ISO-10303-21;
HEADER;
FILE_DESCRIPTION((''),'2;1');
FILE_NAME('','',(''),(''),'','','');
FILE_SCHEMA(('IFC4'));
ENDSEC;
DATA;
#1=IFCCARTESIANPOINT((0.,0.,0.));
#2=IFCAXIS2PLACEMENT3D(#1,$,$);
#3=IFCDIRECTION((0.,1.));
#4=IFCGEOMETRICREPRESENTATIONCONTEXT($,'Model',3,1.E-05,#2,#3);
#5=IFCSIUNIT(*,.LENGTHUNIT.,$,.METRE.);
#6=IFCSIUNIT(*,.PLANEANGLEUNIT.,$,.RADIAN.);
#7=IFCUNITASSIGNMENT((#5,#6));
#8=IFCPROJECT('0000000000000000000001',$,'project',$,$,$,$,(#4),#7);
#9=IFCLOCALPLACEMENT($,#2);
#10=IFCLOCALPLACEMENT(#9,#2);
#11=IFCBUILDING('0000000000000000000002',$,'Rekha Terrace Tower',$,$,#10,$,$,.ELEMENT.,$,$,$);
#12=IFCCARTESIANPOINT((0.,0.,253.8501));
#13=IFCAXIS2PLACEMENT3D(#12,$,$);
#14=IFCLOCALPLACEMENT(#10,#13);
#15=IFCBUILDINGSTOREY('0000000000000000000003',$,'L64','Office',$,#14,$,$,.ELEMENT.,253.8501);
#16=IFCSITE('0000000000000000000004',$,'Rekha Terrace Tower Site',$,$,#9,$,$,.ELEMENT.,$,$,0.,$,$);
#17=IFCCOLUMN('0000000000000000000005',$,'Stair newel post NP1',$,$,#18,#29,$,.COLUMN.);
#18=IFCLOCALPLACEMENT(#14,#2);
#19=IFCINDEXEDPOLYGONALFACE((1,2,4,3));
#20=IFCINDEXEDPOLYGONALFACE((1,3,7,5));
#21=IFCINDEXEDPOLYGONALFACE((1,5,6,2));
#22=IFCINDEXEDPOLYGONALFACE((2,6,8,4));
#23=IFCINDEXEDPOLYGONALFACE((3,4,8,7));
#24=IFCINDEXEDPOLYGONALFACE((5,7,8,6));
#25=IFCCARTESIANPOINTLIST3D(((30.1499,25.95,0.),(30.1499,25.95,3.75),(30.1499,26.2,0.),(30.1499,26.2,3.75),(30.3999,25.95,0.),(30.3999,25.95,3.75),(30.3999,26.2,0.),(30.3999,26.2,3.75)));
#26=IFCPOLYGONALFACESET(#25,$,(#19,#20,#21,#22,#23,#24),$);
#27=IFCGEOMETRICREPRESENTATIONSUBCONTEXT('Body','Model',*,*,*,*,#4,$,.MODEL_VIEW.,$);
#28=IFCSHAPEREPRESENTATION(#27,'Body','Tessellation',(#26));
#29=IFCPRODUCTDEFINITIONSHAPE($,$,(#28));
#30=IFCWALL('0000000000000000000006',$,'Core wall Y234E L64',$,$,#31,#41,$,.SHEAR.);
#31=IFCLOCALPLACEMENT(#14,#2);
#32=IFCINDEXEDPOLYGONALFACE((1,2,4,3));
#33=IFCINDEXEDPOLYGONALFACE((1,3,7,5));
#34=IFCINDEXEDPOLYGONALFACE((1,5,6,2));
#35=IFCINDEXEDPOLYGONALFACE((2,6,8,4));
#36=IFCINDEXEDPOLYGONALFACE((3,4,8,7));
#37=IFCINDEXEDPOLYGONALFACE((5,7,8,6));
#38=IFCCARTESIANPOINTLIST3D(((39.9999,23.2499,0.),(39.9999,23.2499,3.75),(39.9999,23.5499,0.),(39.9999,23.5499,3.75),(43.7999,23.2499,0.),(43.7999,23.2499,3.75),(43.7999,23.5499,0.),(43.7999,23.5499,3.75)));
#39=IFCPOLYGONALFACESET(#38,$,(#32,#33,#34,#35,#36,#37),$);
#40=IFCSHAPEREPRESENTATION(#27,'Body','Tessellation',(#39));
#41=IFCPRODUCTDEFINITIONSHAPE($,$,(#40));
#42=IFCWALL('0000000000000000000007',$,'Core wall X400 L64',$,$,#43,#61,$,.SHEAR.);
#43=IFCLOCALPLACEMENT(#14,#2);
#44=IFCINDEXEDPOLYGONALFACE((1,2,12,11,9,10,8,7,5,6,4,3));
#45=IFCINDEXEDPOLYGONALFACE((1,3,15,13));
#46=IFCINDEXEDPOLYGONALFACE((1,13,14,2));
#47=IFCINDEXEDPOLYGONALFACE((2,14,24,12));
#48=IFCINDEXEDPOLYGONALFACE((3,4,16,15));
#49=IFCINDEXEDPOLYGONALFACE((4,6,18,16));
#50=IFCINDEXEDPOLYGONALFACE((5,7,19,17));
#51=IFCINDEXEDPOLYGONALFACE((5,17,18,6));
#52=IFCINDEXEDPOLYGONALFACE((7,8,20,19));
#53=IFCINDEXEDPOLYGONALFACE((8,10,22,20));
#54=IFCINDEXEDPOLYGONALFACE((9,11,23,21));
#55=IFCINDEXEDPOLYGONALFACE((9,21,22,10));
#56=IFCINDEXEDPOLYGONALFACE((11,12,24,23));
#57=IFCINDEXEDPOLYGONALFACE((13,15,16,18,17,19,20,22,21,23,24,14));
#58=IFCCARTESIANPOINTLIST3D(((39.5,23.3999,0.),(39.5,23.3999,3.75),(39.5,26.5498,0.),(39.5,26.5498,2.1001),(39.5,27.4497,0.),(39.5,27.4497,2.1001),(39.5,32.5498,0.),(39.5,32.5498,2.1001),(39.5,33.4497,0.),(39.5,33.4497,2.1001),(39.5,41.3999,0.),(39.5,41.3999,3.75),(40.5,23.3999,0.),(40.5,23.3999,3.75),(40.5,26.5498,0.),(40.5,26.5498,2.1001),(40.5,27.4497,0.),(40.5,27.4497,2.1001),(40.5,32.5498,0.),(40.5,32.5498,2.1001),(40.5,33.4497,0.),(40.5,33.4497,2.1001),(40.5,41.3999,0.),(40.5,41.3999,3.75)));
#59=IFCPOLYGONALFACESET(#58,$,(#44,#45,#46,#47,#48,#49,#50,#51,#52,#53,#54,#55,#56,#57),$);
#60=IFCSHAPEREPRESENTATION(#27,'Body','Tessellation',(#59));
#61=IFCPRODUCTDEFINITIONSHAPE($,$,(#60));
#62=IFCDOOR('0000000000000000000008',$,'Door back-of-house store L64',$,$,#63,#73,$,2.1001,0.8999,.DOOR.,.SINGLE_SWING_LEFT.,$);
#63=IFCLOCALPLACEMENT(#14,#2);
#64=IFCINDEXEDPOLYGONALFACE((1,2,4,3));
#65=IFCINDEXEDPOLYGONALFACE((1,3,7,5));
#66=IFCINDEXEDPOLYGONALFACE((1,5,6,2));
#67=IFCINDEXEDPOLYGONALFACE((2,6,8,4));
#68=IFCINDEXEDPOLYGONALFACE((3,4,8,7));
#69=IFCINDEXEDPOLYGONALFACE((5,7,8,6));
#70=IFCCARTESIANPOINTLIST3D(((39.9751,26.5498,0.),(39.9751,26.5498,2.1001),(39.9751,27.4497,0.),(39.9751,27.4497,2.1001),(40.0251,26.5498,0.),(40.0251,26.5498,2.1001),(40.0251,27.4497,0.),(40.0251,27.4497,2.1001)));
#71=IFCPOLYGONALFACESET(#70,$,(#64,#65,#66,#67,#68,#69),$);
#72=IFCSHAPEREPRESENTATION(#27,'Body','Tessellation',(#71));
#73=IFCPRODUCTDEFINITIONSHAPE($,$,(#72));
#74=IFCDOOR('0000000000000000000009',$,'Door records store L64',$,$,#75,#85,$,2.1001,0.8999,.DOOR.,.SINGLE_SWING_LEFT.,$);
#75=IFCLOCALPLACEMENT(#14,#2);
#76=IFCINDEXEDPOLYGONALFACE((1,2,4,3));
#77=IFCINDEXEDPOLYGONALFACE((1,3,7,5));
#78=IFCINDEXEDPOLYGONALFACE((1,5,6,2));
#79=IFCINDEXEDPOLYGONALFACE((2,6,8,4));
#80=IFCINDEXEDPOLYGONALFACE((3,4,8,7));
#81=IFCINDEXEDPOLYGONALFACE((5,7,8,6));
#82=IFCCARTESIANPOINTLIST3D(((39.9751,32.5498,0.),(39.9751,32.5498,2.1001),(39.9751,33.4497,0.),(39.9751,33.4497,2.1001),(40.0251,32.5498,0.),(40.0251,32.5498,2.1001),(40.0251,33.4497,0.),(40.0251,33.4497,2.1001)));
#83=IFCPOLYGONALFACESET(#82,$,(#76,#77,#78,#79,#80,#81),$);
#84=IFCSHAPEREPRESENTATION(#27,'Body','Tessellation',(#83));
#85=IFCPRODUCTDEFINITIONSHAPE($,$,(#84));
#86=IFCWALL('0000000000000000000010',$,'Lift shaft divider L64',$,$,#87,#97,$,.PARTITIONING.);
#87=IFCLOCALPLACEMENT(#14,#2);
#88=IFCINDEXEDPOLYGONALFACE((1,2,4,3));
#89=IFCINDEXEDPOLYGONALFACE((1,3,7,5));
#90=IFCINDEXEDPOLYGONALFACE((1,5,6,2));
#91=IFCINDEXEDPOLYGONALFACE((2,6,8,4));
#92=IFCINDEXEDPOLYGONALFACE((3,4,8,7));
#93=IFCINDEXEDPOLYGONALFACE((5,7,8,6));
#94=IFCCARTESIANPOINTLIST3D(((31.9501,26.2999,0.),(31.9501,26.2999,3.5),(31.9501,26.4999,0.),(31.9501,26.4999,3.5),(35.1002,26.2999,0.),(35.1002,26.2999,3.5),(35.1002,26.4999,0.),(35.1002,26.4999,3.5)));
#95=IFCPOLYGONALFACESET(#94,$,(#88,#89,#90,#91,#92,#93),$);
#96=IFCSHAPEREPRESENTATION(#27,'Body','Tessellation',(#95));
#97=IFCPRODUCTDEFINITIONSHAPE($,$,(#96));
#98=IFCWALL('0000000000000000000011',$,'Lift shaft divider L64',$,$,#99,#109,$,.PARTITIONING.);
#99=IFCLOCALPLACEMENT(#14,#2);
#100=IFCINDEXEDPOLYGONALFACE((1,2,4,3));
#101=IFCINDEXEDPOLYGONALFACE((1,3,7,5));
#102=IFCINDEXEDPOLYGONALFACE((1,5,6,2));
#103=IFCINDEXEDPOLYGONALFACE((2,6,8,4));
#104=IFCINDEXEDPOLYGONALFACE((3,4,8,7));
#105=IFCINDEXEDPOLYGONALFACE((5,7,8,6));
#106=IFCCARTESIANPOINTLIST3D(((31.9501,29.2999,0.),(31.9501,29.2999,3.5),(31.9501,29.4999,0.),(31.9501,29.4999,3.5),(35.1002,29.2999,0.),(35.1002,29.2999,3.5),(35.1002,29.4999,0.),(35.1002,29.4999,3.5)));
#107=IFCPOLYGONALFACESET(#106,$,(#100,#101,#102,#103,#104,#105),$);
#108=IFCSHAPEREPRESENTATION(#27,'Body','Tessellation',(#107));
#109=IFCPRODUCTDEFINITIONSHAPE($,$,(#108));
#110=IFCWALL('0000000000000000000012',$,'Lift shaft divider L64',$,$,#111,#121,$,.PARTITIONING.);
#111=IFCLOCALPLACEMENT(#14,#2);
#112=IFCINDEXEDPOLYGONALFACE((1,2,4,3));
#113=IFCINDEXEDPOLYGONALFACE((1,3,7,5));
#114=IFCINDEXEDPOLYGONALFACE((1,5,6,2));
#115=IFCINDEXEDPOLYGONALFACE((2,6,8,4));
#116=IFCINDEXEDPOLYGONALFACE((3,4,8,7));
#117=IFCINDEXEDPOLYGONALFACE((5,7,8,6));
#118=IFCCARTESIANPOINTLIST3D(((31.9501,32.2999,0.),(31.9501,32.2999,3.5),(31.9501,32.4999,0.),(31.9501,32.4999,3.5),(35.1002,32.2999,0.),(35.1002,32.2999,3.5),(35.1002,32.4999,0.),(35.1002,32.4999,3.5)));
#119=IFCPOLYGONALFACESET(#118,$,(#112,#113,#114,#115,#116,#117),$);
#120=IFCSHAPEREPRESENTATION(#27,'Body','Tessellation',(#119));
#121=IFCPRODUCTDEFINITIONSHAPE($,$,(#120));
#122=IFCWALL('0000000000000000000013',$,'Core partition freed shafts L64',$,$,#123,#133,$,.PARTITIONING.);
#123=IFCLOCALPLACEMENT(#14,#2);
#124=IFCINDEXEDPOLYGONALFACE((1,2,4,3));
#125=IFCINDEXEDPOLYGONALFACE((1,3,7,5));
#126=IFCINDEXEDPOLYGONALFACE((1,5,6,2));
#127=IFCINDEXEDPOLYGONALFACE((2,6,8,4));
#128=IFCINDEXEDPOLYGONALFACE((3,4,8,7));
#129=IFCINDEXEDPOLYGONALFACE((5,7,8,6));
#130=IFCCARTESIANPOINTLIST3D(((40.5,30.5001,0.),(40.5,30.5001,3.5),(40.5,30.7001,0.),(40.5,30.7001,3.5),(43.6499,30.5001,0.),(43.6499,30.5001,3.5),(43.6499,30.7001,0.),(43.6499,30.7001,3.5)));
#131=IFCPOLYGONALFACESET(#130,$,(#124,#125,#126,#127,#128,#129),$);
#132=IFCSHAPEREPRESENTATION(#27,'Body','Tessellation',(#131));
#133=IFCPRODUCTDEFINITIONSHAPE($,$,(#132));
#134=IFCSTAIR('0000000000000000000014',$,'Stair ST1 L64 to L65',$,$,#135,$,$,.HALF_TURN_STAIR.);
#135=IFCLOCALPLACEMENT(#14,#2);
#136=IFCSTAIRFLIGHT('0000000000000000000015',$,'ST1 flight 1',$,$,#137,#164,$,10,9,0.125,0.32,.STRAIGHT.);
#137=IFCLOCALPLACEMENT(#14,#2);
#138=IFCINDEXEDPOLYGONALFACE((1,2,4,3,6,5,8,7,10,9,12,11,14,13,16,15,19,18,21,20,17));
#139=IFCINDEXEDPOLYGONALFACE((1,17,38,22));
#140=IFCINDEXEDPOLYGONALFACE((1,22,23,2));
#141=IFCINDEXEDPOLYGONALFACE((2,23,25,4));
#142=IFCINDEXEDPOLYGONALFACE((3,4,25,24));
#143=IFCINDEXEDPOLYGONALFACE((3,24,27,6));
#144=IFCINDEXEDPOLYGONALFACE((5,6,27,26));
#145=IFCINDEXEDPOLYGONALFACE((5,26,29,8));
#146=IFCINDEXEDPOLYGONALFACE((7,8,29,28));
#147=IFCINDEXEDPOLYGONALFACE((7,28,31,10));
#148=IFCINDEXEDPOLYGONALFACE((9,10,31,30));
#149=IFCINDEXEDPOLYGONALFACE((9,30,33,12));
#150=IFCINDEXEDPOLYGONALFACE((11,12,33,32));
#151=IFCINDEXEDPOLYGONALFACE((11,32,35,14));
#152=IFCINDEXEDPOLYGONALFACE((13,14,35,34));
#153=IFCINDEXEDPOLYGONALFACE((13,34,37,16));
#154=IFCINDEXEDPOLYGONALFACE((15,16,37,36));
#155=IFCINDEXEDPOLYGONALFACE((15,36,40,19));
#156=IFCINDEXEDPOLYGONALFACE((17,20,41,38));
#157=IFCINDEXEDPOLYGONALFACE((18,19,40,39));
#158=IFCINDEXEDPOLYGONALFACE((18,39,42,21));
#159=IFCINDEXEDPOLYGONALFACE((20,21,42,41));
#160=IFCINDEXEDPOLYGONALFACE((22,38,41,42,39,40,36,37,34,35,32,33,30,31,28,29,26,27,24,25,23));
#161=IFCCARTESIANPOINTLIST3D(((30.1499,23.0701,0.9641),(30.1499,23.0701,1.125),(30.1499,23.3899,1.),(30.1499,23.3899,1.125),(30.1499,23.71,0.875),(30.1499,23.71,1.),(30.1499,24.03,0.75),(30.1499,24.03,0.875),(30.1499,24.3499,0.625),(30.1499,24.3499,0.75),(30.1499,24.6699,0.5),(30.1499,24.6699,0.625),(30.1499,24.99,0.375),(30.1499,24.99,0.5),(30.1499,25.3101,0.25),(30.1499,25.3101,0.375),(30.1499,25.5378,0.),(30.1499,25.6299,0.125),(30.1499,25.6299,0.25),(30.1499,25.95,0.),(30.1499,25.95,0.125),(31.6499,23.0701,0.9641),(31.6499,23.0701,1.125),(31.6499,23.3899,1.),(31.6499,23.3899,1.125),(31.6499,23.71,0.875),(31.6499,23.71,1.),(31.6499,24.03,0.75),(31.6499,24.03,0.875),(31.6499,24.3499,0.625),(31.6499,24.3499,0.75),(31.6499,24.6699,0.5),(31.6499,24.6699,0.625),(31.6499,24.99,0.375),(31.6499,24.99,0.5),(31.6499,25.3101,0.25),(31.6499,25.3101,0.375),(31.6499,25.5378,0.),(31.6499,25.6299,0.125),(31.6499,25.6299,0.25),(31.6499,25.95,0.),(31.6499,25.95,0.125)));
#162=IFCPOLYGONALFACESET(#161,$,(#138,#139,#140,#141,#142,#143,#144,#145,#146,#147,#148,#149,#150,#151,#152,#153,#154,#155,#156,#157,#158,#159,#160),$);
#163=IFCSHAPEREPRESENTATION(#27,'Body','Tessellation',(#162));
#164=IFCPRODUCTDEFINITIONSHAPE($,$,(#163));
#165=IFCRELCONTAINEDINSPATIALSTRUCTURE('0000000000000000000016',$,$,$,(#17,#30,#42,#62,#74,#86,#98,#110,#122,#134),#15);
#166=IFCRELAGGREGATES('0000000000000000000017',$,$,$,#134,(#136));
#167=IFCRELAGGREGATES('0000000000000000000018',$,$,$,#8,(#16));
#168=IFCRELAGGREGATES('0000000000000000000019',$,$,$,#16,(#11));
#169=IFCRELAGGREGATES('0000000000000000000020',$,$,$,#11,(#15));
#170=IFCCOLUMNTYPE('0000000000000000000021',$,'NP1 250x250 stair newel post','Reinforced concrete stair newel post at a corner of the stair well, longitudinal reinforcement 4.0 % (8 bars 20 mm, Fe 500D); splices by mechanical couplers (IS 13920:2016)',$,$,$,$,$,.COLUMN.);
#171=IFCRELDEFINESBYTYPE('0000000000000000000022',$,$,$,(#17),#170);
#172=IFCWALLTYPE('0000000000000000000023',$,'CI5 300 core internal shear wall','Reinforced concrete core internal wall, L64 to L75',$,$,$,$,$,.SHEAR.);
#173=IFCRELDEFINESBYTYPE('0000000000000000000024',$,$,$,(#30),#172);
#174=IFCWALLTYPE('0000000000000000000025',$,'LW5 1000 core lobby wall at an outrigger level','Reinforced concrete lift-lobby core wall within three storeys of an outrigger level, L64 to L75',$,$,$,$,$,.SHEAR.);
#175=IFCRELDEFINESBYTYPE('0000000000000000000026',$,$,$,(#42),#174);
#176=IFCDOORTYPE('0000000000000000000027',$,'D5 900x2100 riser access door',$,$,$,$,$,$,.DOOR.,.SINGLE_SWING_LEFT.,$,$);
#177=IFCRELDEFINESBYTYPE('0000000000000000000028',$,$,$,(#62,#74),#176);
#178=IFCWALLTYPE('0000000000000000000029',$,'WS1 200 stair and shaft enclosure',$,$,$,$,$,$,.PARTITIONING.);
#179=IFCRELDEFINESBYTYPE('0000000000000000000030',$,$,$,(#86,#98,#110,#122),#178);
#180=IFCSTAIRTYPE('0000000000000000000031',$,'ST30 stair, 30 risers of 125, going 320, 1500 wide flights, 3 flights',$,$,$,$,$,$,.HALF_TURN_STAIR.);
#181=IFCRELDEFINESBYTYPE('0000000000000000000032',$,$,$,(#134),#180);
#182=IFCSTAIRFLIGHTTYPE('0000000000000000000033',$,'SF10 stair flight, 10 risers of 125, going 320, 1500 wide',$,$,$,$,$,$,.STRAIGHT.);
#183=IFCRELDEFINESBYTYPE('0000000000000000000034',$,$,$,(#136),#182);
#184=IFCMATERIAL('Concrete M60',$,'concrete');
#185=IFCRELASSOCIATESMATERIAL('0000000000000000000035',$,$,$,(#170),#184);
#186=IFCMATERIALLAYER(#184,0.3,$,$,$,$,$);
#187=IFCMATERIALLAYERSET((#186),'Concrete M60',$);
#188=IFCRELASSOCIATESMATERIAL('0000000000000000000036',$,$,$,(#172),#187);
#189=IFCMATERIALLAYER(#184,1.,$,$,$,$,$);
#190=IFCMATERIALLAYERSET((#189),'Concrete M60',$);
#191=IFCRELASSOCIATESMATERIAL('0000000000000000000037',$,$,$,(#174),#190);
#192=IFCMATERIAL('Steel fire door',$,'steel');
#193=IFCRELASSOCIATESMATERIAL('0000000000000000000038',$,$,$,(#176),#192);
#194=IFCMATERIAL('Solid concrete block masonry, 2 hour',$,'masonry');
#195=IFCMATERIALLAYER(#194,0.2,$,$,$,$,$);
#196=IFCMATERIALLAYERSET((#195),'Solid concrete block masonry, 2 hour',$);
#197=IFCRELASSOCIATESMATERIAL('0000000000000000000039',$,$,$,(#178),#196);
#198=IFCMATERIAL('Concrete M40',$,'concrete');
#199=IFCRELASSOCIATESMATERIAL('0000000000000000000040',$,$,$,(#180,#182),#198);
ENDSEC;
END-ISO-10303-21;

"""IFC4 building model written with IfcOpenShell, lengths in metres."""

from ifc_helpers import new_model, si_unit, direction, frame, frame_2d, origin, origin_2d, place, context, subcontext, project, spatial, polyline, rectangle, outline, extrude, material, layer, layer_set, material_profile, profile_set, type_object, element, fill, aggregate, save


model = new_model("IFC4")

# Units and contexts
model_context = context("Model", 3, precision=1e-05, world=origin(), true_north=direction((0.0, 1.0)))
body_context = subcontext(model_context, "Body", "Model", "MODEL_VIEW")
ifc_project = project(units=[si_unit("LENGTHUNIT", "METRE"), si_unit("PLANEANGLEUNIT", "RADIAN")], contexts=[model_context])

# Site, building, storey
site_placement = place(None, origin())
site = spatial("IfcSite", under=ifc_project, at=site_placement, Name="Rekha Terrace Tower Site", CompositionType="ELEMENT", RefElevation=0.0)
building_placement = place(site_placement, origin())
building = spatial("IfcBuilding", under=site, at=building_placement, Name="Rekha Terrace Tower", CompositionType="ELEMENT")
storey_placement = place(building_placement, frame((0.0, 0.0, 253.8501)))
storey = spatial("IfcBuildingStorey", under=building, at=storey_placement, Name="L64", Description="Office", CompositionType="ELEMENT", Elevation=253.8501)

# Column
ifc_material_1 = material(Name="Concrete M60", Category="concrete")
ifc_material_profile = material_profile(ifc_material_1, rectangle(XDim=0.25, YDim=0.25, at=origin_2d()), Name="RC 250x250")
ifc_profile_set = profile_set([ifc_material_profile], Name="Concrete M60")
column_type = type_object("IfcColumnType", Name="NP1 250x250 stair newel post", Description="Reinforced concrete stair newel post at a corner of the stair well, longitudinal reinforcement 4.0 % (8 bars 20 mm, Fe 500D); splices by mechanical couplers (IS 13920:2016)", PredefinedType="COLUMN", material=ifc_profile_set)
column_placement = place(storey_placement, frame((30.2749, 26.075, 0.0), z_axis=(0.0, 0.0, 1.0), x_axis=(1.0, 0.0, 0.0)))
element("IfcColumn", 1, at=column_placement, inside=storey, type_object=column_type, Name="Stair newel post NP1", PredefinedType="COLUMN", context=body_context, shape_type="SweptSolid", body=[
    extrude(rectangle(XDim=0.25, YDim=0.25, at=origin_2d()), origin(), (0.0, 0.0, 1.0), 3.75),
])

# Wall
ifc_layer_1 = layer(ifc_material_1, 0.3)
ifc_layer_set_1 = layer_set([ifc_layer_1], Name="Concrete M60")
wall_type_1 = type_object("IfcWallType", Name="CI5 300 core internal shear wall", Description="Reinforced concrete core internal wall, L64 to L75", PredefinedType="SHEAR", material=ifc_layer_set_1)
wall_1_placement = place(storey_placement, frame((40.0, 23.3999, 0.0), z_axis=(0.0, 0.0, 1.0), x_axis=(1.0, 0.0, 0.0)))
element("IfcWall", 2, at=wall_1_placement, inside=storey, type_object=wall_type_1, Name="Core wall Y234E L64", PredefinedType="SHEAR", context=body_context, shape_type="SweptSolid", body=[
    extrude(rectangle(XDim=3.8, YDim=0.3, at=frame_2d((1.8999, 0.0))), origin(), (0.0, 0.0, 1.0), 3.75),
])

# Wall, openings, doors
ifc_layer_2 = layer(ifc_material_1, 1.0)
ifc_layer_set_2 = layer_set([ifc_layer_2], Name="Concrete M60")
wall_type_2 = type_object("IfcWallType", Name="LW5 1000 core lobby wall at an outrigger level", Description="Reinforced concrete lift-lobby core wall within three storeys of an outrigger level, L64 to L75", PredefinedType="SHEAR", material=ifc_layer_set_2)
wall_2_placement = place(storey_placement, frame((40.0, 23.3999, 0.0), z_axis=(0.0, 0.0, 1.0), x_axis=(0.0, 1.0, 0.0)))
wall_2 = element("IfcWall", 3, at=wall_2_placement, inside=storey, type_object=wall_type_2, Name="Core wall X400 L64", PredefinedType="SHEAR", context=body_context, shape_type="SweptSolid", body=[
    extrude(rectangle(XDim=18.0, YDim=1.0, at=frame_2d((9.0, 0.0))), origin(), (0.0, 0.0, 1.0), 3.75),
])
opening_1_placement = place(wall_2_placement, frame((3.1499, 0.0, 0.0)))
opening_1 = element("IfcOpeningElement", 4, at=opening_1_placement, cuts=wall_2, PredefinedType="OPENING", context=body_context, shape_type="SweptSolid", body=[
    extrude(rectangle(XDim=0.8999, YDim=2.1001, at=frame_2d((0.45, 1.05))), frame((0.0, 0.51, 0.0), z_axis=(0.0, -1.0, 0.0), x_axis=(1.0, 0.0, 0.0)), (0.0, 0.0, 1.0), 1.02),
])
opening_2_placement = place(wall_2_placement, frame((9.1499, 0.0, 0.0)))
opening_2 = element("IfcOpeningElement", 5, at=opening_2_placement, cuts=wall_2, PredefinedType="OPENING", context=body_context, shape_type="SweptSolid", body=[
    extrude(rectangle(XDim=0.8999, YDim=2.1001, at=frame_2d((0.45, 1.05))), frame((0.0, 0.51, 0.0), z_axis=(0.0, -1.0, 0.0), x_axis=(1.0, 0.0, 0.0)), (0.0, 0.0, 1.0), 1.02),
])
ifc_material_2 = material(Name="Steel fire door", Category="steel")
door_type = type_object("IfcDoorType", Name="D5 900x2100 riser access door", OperationType="SINGLE_SWING_LEFT", PredefinedType="DOOR", material=ifc_material_2)
door_1_placement = place(opening_1_placement, origin())
door_1 = element("IfcDoor", 6, at=door_1_placement, inside=storey, type_object=door_type, Name="Door back-of-house store L64", OperationType="SINGLE_SWING_LEFT", OverallHeight=2.1001, OverallWidth=0.8999, PredefinedType="DOOR", context=body_context, shape_type="SweptSolid", body=[
    extrude(rectangle(XDim=0.8999, YDim=2.1001, at=frame_2d((0.45, 1.05))), frame((0.0, 0.0249, 0.0), z_axis=(0.0, -1.0, 0.0), x_axis=(1.0, 0.0, 0.0)), (0.0, 0.0, 1.0), 0.05),
])
fill(opening_1, door_1)
door_2_placement = place(opening_2_placement, origin())
door_2 = element("IfcDoor", 7, at=door_2_placement, inside=storey, type_object=door_type, Name="Door records store L64", OperationType="SINGLE_SWING_LEFT", OverallHeight=2.1001, OverallWidth=0.8999, PredefinedType="DOOR", context=body_context, shape_type="SweptSolid", body=[
    extrude(rectangle(XDim=0.8999, YDim=2.1001, at=frame_2d((0.45, 1.05))), frame((0.0, 0.0249, 0.0), z_axis=(0.0, -1.0, 0.0), x_axis=(1.0, 0.0, 0.0)), (0.0, 0.0, 1.0), 0.05),
])
fill(opening_2, door_2)

# Walls
ifc_material_3 = material(Name="Solid concrete block masonry, 2 hour", Category="masonry")
ifc_layer_3 = layer(ifc_material_3, 0.2)
ifc_layer_set_3 = layer_set([ifc_layer_3], Name="Solid concrete block masonry, 2 hour")
wall_type_3 = type_object("IfcWallType", Name="WS1 200 stair and shaft enclosure", PredefinedType="PARTITIONING", material=ifc_layer_set_3)
for number, where, z_axis, x_axis, name in (
    (8, (31.95, 26.3999, 0.0), (0.0, 0.0, 1.0), (1.0, 0.0, 0.0), "Lift shaft divider L64"),
    (9, (31.95, 29.3999, 0.0), (0.0, 0.0, 1.0), (1.0, 0.0, 0.0), "Lift shaft divider L64"),
    (10, (31.95, 32.3999, 0.0), (0.0, 0.0, 1.0), (1.0, 0.0, 0.0), "Lift shaft divider L64"),
):
    element("IfcWall", number, at=place(storey_placement, frame(where, z_axis=z_axis, x_axis=x_axis)), inside=storey, type_object=wall_type_3, Name=name, PredefinedType="PARTITIONING", context=body_context, shape_type="SweptSolid", body=[
        extrude(rectangle(XDim=3.1501, YDim=0.2, at=frame_2d((1.5752, 0.0))), origin(), (0.0, 0.0, 1.0), 3.5),
    ])
wall_3_placement = place(storey_placement, frame((40.5, 30.6001, 0.0), z_axis=(0.0, 0.0, 1.0), x_axis=(1.0, 0.0, 0.0)))
element("IfcWall", 11, at=wall_3_placement, inside=storey, type_object=wall_type_3, Name="Core partition freed shafts L64", PredefinedType="PARTITIONING", context=body_context, shape_type="SweptSolid", body=[
    extrude(rectangle(XDim=3.1499, YDim=0.2, at=frame_2d((1.575, 0.0))), origin(), (0.0, 0.0, 1.0), 3.5),
])

# Stair, stair flight
ifc_material_4 = material(Name="Concrete M40", Category="concrete")
stair_type = type_object("IfcStairType", Name="ST30 stair, 30 risers of 125, going 320, 1500 wide flights, 3 flights", PredefinedType="HALF_TURN_STAIR", material=ifc_material_4)
stair_placement = place(storey_placement, origin())
stair = element("IfcStair", 12, at=stair_placement, inside=storey, type_object=stair_type, Name="Stair ST1 L64 to L65", PredefinedType="HALF_TURN_STAIR")
stair_flight_type = type_object("IfcStairFlightType", Name="SF10 stair flight, 10 risers of 125, going 320, 1500 wide", PredefinedType="STRAIGHT", material=ifc_material_4)
stair_flight_placement = place(storey_placement, frame((30.8999, 25.95, 0.0), z_axis=(0.0, 0.0, 1.0), x_axis=(0.0, -1.0, 0.0)))
stair_flight = element("IfcStairFlight", 13, at=stair_flight_placement, type_object=stair_flight_type, Name="ST1 flight 1", NumberOfRisers=10, NumberOfTreads=9, PredefinedType="STRAIGHT", RiserHeight=0.125, TreadLength=0.32, context=body_context, shape_type="SweptSolid", body=[
    extrude(outline(polyline([(0.0, 0.0), (0.0, 0.125), (0.3201, 0.125), (0.3201, 0.25), (0.6399, 0.25), (0.6399, 0.375), (0.96, 0.375), (0.96, 0.5), (1.28, 0.5), (1.28, 0.625), (1.6001, 0.625), (1.6001, 0.75), (1.9199, 0.75), (1.9199, 0.875), (2.24, 0.875), (2.24, 1.0), (2.5601, 1.0), (2.5601, 1.125), (2.8799, 1.125), (2.8799, 1.25), (2.8799, 0.9641), (0.4121, 0.0), (0.0, 0.0)])), frame((0.0, 0.75, 0.0), z_axis=(0.0, -1.0, 0.0), x_axis=(1.0, 0.0, 0.0)), (0.0, 0.0, 1.0), 1.5),
])
aggregate(stair, [stair_flight])

save(model, "model.ifc")
